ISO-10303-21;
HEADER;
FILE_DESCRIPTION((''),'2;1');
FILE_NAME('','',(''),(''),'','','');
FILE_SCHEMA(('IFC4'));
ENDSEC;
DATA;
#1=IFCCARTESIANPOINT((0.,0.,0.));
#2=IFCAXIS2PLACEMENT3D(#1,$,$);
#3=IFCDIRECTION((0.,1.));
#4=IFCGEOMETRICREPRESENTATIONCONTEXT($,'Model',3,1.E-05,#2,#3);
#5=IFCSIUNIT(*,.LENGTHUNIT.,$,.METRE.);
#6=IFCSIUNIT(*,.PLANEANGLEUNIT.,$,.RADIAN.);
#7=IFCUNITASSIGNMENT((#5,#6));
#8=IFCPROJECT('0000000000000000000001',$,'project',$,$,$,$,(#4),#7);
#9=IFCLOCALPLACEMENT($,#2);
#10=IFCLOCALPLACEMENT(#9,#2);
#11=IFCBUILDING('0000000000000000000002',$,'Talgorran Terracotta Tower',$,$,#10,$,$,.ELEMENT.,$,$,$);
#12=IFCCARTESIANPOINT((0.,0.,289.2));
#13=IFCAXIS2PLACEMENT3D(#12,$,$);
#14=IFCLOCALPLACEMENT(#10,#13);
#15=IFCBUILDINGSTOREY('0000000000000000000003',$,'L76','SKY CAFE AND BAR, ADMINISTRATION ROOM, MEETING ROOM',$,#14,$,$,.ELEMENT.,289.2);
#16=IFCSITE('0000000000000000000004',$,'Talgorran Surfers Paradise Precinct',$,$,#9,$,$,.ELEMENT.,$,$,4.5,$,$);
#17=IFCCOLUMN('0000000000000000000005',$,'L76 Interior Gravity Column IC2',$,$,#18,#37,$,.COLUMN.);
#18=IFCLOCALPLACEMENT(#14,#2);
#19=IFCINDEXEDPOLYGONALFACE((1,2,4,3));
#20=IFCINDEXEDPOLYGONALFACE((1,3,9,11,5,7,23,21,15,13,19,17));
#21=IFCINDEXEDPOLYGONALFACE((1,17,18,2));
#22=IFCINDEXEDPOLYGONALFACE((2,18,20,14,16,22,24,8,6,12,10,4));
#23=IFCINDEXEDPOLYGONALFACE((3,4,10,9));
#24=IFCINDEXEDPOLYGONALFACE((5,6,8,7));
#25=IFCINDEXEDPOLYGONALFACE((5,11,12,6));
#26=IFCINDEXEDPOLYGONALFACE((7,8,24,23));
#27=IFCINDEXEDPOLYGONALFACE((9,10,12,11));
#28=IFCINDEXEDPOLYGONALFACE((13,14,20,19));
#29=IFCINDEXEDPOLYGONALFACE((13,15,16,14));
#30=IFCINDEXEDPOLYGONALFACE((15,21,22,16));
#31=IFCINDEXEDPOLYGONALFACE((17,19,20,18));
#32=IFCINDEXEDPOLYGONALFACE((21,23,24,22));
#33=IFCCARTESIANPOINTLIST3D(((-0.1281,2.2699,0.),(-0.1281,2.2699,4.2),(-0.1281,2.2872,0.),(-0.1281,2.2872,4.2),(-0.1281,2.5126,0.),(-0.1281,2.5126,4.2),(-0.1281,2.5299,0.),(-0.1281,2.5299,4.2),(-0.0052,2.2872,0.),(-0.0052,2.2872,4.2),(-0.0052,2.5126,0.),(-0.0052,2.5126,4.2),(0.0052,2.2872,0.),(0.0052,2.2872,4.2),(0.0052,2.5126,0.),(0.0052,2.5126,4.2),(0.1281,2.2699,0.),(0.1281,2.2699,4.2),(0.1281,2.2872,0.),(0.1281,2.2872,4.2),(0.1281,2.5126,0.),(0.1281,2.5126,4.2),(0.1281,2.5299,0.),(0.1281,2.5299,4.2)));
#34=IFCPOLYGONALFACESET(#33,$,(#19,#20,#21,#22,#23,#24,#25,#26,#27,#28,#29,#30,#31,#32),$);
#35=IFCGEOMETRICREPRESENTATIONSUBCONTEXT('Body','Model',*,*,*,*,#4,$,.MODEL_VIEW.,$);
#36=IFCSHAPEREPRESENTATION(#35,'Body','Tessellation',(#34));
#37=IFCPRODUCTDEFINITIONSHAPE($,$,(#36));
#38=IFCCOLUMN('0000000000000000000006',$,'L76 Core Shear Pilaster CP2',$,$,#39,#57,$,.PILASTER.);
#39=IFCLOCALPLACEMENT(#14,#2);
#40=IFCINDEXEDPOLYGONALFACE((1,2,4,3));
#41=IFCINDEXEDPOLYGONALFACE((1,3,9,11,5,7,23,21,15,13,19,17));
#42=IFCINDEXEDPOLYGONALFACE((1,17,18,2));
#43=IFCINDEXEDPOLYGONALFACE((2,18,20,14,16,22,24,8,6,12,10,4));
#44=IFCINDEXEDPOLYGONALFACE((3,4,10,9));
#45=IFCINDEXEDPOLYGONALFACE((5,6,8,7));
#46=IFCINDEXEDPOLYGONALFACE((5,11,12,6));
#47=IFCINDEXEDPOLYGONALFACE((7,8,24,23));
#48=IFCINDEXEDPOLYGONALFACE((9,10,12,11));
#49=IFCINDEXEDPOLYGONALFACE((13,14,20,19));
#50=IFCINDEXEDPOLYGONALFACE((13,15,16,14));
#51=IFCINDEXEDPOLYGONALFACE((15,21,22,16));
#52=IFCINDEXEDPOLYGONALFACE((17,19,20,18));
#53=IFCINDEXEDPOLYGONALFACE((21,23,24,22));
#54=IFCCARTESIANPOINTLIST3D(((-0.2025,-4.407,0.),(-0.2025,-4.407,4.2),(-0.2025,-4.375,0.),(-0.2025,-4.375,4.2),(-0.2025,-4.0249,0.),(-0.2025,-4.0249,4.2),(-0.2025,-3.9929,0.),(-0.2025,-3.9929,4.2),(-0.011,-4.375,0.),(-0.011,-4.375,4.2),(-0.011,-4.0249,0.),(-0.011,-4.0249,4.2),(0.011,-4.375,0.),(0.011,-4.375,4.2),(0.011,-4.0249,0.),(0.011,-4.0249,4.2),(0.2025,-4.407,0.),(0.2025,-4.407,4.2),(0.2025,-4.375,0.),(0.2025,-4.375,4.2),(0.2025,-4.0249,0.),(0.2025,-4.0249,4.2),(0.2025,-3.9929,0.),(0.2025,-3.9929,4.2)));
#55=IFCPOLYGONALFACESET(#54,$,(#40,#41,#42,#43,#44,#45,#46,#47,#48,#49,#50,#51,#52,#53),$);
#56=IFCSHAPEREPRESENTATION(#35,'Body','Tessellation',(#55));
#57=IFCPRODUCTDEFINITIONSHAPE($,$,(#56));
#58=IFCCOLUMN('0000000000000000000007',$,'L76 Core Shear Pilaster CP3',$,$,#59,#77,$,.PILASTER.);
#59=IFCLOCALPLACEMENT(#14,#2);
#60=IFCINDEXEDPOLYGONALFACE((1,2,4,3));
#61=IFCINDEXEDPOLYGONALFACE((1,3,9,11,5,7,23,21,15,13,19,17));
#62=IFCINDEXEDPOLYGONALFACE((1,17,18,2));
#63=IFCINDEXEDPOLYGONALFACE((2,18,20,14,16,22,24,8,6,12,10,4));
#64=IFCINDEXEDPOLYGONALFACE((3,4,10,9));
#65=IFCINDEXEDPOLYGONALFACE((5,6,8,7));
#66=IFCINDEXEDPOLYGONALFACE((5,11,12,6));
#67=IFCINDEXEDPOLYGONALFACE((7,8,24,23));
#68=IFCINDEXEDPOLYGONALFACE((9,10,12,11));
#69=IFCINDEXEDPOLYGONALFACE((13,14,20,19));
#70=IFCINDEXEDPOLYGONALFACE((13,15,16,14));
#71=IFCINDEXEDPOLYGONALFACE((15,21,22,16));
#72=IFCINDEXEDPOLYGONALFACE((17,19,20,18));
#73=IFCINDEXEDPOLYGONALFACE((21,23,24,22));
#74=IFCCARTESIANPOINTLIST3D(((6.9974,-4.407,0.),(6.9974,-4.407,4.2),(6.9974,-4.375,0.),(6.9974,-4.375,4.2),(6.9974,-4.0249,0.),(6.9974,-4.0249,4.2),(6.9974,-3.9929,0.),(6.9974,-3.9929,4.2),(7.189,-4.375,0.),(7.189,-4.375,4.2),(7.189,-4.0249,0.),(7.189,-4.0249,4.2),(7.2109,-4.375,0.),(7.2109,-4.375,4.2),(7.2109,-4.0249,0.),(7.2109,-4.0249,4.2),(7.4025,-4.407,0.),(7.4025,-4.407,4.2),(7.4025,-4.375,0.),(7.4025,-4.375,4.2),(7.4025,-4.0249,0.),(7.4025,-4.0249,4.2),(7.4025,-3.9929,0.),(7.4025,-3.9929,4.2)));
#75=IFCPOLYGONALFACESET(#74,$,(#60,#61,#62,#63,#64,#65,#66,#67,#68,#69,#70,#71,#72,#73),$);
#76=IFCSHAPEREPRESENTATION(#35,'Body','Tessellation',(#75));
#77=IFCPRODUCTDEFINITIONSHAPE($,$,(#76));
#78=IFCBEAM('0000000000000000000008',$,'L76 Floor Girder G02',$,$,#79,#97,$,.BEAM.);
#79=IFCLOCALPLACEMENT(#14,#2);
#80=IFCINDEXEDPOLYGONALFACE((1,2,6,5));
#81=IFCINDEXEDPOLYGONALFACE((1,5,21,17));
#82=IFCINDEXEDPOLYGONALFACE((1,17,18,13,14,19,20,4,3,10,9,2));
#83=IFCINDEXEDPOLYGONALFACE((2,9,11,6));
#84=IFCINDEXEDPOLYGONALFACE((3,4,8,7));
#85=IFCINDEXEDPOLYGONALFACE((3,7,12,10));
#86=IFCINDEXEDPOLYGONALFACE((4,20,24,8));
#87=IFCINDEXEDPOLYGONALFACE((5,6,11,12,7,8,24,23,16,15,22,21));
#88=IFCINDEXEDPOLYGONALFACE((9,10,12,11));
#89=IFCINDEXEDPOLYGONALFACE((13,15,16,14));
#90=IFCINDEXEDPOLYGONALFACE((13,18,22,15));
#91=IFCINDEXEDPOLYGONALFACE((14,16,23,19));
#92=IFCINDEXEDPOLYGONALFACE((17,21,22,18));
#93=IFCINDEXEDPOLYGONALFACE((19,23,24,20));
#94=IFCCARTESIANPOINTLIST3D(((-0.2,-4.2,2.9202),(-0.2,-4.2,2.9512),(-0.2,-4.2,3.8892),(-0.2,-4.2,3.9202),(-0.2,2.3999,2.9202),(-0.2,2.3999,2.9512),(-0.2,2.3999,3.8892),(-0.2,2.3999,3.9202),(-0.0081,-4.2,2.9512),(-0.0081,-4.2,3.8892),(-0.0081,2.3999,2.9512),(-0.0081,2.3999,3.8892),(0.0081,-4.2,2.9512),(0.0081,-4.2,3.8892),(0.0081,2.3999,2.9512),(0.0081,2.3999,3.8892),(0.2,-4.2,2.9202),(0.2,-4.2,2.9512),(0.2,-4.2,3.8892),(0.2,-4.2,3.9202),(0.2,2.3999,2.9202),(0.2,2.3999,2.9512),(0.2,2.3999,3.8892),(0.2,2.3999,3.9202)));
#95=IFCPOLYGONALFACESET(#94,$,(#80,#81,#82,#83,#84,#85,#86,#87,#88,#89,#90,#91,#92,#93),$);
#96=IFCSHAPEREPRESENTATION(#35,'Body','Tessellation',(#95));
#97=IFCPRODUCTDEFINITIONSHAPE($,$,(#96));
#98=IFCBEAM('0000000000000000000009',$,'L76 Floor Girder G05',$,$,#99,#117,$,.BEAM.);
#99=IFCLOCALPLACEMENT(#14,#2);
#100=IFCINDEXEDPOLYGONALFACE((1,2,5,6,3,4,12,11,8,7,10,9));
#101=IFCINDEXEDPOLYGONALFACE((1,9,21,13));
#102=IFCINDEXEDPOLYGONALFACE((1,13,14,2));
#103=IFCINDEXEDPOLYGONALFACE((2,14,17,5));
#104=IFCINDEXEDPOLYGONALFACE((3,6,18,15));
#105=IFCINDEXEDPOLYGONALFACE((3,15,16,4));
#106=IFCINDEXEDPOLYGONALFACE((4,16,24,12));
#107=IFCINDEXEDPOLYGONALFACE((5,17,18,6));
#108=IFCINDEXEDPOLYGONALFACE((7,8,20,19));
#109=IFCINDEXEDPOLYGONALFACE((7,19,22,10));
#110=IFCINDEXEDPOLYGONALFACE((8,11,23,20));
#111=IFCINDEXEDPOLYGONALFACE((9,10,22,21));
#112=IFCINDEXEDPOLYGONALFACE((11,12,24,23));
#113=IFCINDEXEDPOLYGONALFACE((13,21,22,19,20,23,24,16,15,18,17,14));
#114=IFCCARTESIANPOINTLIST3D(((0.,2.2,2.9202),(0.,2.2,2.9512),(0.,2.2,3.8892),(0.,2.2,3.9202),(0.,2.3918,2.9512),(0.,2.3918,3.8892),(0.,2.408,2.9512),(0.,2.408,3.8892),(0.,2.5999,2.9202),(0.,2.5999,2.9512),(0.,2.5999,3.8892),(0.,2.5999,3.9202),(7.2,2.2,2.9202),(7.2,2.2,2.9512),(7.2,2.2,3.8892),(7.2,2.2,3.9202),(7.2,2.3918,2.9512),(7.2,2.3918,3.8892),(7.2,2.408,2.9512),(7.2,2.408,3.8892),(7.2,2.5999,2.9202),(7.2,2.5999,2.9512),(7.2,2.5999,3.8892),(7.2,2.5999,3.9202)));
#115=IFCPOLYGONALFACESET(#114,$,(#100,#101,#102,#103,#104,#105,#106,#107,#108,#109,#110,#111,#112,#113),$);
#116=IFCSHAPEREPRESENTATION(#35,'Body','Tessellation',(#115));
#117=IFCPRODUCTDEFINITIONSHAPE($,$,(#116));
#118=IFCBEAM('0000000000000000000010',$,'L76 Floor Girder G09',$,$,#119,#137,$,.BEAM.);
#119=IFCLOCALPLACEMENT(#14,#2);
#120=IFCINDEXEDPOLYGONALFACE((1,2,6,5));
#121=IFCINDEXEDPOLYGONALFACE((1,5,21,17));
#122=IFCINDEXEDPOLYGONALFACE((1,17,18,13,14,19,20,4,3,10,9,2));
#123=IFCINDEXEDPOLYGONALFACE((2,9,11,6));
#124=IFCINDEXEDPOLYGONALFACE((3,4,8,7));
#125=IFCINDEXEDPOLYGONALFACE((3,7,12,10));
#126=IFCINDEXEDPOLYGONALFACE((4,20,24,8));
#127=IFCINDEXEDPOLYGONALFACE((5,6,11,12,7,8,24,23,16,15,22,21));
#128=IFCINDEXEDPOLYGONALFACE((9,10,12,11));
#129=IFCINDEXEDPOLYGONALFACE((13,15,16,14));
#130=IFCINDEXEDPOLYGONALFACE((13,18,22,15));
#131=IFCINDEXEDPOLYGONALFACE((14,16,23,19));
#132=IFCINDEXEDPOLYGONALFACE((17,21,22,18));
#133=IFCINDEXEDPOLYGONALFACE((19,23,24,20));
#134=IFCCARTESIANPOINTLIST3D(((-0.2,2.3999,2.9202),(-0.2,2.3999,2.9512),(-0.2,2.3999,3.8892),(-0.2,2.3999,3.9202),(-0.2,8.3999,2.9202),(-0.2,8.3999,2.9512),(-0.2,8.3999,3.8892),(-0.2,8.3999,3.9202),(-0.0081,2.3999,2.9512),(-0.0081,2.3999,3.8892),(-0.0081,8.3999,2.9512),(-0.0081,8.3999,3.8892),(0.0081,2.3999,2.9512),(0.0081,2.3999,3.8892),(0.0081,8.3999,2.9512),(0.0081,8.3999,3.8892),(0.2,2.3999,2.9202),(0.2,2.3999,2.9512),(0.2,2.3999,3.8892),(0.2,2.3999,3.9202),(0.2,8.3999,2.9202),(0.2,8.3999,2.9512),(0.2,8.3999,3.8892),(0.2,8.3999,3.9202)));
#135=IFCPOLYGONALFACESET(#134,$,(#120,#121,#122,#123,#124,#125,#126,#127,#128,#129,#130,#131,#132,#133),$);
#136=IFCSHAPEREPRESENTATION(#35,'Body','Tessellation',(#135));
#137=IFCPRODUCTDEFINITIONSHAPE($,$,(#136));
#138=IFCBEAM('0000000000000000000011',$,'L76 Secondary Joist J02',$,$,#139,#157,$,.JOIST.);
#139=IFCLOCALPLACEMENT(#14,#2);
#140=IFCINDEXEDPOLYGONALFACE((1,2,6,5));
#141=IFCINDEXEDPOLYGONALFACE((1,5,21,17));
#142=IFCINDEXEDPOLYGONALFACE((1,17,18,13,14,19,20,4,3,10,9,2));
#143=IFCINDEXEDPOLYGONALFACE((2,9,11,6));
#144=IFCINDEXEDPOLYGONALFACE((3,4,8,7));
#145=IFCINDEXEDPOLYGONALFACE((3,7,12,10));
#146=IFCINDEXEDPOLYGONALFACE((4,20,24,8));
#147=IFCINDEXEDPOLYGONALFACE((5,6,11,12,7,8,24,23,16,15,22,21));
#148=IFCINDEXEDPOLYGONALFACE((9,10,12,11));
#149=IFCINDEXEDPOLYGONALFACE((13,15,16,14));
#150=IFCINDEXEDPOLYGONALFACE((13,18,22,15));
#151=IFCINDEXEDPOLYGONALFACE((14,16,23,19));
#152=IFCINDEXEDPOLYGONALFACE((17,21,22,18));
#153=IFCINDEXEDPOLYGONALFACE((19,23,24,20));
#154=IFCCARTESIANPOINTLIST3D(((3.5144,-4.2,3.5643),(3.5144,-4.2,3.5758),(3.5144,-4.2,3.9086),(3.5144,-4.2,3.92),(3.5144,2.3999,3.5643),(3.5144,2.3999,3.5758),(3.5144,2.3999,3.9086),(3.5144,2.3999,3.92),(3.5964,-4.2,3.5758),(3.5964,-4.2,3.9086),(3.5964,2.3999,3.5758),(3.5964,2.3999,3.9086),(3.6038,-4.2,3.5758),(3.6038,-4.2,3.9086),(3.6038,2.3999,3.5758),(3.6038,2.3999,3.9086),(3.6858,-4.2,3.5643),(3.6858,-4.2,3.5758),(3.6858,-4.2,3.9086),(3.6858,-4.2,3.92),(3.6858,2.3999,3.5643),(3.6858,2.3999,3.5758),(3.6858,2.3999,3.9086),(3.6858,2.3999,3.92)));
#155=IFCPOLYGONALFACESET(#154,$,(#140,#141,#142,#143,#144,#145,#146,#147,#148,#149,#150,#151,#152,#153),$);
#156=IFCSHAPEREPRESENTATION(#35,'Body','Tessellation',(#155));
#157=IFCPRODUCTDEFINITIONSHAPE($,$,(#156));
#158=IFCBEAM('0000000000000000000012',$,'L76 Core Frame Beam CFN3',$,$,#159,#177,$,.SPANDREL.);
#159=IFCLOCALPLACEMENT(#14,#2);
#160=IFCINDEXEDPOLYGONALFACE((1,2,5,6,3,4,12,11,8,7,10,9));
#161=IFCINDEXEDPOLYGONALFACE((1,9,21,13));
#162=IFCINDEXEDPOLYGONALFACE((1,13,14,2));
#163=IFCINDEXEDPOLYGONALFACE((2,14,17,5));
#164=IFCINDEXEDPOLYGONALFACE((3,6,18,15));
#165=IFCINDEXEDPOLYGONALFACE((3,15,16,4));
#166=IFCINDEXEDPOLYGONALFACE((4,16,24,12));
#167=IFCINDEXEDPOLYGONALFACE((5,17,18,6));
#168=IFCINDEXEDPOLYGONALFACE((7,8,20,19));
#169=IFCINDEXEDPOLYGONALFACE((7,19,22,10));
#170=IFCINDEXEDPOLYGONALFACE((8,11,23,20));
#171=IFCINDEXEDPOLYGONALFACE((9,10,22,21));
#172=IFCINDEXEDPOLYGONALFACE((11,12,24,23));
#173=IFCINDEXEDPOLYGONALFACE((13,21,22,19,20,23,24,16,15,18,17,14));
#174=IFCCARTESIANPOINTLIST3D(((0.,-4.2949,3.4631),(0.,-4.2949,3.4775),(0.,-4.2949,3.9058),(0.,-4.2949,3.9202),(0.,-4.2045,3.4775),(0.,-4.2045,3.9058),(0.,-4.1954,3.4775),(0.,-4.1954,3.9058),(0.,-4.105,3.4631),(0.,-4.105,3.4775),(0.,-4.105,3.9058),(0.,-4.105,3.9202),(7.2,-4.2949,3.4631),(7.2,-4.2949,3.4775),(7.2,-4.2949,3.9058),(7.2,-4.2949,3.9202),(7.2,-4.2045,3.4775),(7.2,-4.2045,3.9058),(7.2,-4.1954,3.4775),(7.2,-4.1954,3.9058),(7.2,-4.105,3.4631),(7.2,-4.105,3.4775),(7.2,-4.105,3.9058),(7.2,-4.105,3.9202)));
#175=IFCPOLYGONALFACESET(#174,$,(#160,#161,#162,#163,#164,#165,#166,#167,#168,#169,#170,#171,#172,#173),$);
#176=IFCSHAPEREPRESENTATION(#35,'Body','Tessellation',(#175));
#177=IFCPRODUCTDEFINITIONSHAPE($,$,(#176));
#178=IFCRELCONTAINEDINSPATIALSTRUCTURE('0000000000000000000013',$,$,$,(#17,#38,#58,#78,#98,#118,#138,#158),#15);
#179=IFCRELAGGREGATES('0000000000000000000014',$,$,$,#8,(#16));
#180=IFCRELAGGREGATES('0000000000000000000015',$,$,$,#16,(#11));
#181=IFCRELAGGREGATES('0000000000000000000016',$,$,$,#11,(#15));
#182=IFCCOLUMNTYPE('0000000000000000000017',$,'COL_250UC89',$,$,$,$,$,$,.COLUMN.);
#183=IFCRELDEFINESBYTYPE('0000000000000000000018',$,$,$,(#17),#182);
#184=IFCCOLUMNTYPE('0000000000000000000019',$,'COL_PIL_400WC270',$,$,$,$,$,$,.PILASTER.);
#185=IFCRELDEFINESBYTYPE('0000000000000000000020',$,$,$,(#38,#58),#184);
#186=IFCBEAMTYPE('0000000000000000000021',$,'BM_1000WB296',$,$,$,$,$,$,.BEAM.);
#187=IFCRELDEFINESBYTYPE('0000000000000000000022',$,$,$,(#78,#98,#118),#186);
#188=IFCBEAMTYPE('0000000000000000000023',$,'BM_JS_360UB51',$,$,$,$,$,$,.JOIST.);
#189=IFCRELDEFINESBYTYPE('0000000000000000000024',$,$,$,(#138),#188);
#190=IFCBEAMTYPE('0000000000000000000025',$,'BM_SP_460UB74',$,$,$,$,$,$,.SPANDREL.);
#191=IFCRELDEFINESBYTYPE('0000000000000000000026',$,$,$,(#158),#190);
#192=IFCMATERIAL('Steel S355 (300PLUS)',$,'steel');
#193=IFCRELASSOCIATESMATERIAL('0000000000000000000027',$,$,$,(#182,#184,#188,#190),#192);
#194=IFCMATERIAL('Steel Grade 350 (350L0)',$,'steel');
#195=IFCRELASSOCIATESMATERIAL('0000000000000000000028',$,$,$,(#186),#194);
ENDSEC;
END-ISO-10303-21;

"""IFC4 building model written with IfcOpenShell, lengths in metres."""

from ifc_helpers import new_model, si_unit, direction, frame, origin, origin_2d, place, context, subcontext, project, spatial, i_section, extrude, material, material_profile, profile_set, type_object, element, save


model = new_model("IFC4")

# Units and contexts
model_context = context("Model", 3, precision=1e-05, world=origin(), true_north=direction((0.0, 1.0)))
body_context = subcontext(model_context, "Body", "Model", "MODEL_VIEW")
ifc_project = project(units=[si_unit("LENGTHUNIT", "METRE"), si_unit("PLANEANGLEUNIT", "RADIAN")], contexts=[model_context])

# Site, building, storey
site_placement = place(None, origin())
site = spatial("IfcSite", under=ifc_project, at=site_placement, Name="Talgorran Surfers Paradise Precinct", CompositionType="ELEMENT", RefElevation=4.5)
building_placement = place(site_placement, origin())
building = spatial("IfcBuilding", under=site, at=building_placement, Name="Talgorran Terracotta Tower", CompositionType="ELEMENT")
storey_placement = place(building_placement, frame((0.0, 0.0, 289.2)))
storey = spatial("IfcBuildingStorey", under=building, at=storey_placement, Name="L76", Description="SKY CAFE AND BAR, ADMINISTRATION ROOM, MEETING ROOM", CompositionType="ELEMENT", Elevation=289.2)

# Columns
ifc_material_1 = material(Name="Steel S355 (300PLUS)", Category="steel")
ifc_material_profile_1 = material_profile(ifc_material_1, i_section(OverallWidth=0.2561, OverallDepth=0.26, WebThickness=0.0105, FlangeThickness=0.0173, at=origin_2d()), Name="250UC89.5")
ifc_profile_set_1 = profile_set([ifc_material_profile_1], Name="Steel S355 (300PLUS)")
column_type_1 = type_object("IfcColumnType", Name="COL_250UC89", PredefinedType="COLUMN", material=ifc_profile_set_1)
column_placement = place(storey_placement, frame((0.0, 2.3999, 0.0), z_axis=(0.0, 0.0, 1.0), x_axis=(1.0, 0.0, 0.0)))
element("IfcColumn", 1, at=column_placement, inside=storey, type_object=column_type_1, Name="L76 Interior Gravity Column IC2", PredefinedType="COLUMN", context=body_context, shape_type="SweptSolid", body=[
    extrude(i_section(OverallWidth=0.2561, OverallDepth=0.26, WebThickness=0.0105, FlangeThickness=0.0173, at=origin_2d()), origin(), (0.0, 0.0, 1.0), 4.2),
])
ifc_material_profile_2 = material_profile(ifc_material_1, i_section(OverallWidth=0.405, OverallDepth=0.4141, WebThickness=0.022, FlangeThickness=0.032, at=origin_2d()), Name="400WC270")
ifc_profile_set_2 = profile_set([ifc_material_profile_2], Name="Steel S355 (300PLUS)")
column_type_2 = type_object("IfcColumnType", Name="COL_PIL_400WC270", PredefinedType="PILASTER", material=ifc_profile_set_2)
for number, where, z_axis, x_axis, name in (
    (2, (0.0, -4.2, 0.0), (0.0, 0.0, 1.0), (1.0, 0.0, 0.0), "L76 Core Shear Pilaster CP2"),
    (3, (7.2, -4.2, 0.0), (0.0, 0.0, 1.0), (1.0, 0.0, 0.0), "L76 Core Shear Pilaster CP3"),
):
    element("IfcColumn", number, at=place(storey_placement, frame(where, z_axis=z_axis, x_axis=x_axis)), inside=storey, type_object=column_type_2, Name=name, PredefinedType="PILASTER", context=body_context, shape_type="SweptSolid", body=[
        extrude(i_section(OverallWidth=0.405, OverallDepth=0.4141, WebThickness=0.022, FlangeThickness=0.032, at=origin_2d()), origin(), (0.0, 0.0, 1.0), 4.2),
    ])

# Beams
ifc_material_2 = material(Name="Steel Grade 350 (350L0)", Category="steel")
ifc_material_profile_3 = material_profile(ifc_material_2, i_section(OverallWidth=0.3999, OverallDepth=1.0, WebThickness=0.0161, FlangeThickness=0.031, at=origin_2d()), Name="1000WB296")
ifc_profile_set_3 = profile_set([ifc_material_profile_3], Name="Steel Grade 350 (350L0)")
beam_type_1 = type_object("IfcBeamType", Name="BM_1000WB296", PredefinedType="BEAM", material=ifc_profile_set_3)
beam_1_placement = place(storey_placement, frame((0.0, -4.2, 3.4202), z_axis=(0.0, 1.0, 0.0), x_axis=(-1.0, 0.0, 0.0)))
element("IfcBeam", 4, at=beam_1_placement, inside=storey, type_object=beam_type_1, Name="L76 Floor Girder G02", PredefinedType="BEAM", context=body_context, shape_type="SweptSolid", body=[
    extrude(i_section(OverallWidth=0.3999, OverallDepth=1.0, WebThickness=0.0161, FlangeThickness=0.031, at=origin_2d()), origin(), (0.0, 0.0, 1.0), 6.5999),
])
beam_2_placement = place(storey_placement, frame((0.0, 2.3999, 3.4202), z_axis=(1.0, 0.0, 0.0), x_axis=(0.0, 1.0, 0.0)))
element("IfcBeam", 5, at=beam_2_placement, inside=storey, type_object=beam_type_1, Name="L76 Floor Girder G05", PredefinedType="BEAM", context=body_context, shape_type="SweptSolid", body=[
    extrude(i_section(OverallWidth=0.3999, OverallDepth=1.0, WebThickness=0.0161, FlangeThickness=0.031, at=origin_2d()), origin(), (0.0, 0.0, 1.0), 7.2),
])
beam_3_placement = place(storey_placement, frame((0.0, 2.3999, 3.4202), z_axis=(0.0, 1.0, 0.0), x_axis=(-1.0, 0.0, 0.0)))
element("IfcBeam", 6, at=beam_3_placement, inside=storey, type_object=beam_type_1, Name="L76 Floor Girder G09", PredefinedType="BEAM", context=body_context, shape_type="SweptSolid", body=[
    extrude(i_section(OverallWidth=0.3999, OverallDepth=1.0, WebThickness=0.0161, FlangeThickness=0.031, at=origin_2d()), origin(), (0.0, 0.0, 1.0), 6.0),
])
ifc_material_profile_4 = material_profile(ifc_material_1, i_section(OverallWidth=0.1714, OverallDepth=0.3557, WebThickness=0.0073, FlangeThickness=0.0115, at=origin_2d()), Name="360UB50.7")
ifc_profile_set_4 = profile_set([ifc_material_profile_4], Name="Steel S355 (300PLUS)")
beam_type_2 = type_object("IfcBeamType", Name="BM_JS_360UB51", PredefinedType="JOIST", material=ifc_profile_set_4)
beam_4_placement = place(storey_placement, frame((3.6001, -4.2, 3.7422), z_axis=(0.0, 1.0, 0.0), x_axis=(-1.0, 0.0, 0.0)))
element("IfcBeam", 7, at=beam_4_placement, inside=storey, type_object=beam_type_2, Name="L76 Secondary Joist J02", PredefinedType="JOIST", context=body_context, shape_type="SweptSolid", body=[
    extrude(i_section(OverallWidth=0.1714, OverallDepth=0.3557, WebThickness=0.0073, FlangeThickness=0.0115, at=origin_2d()), origin(), (0.0, 0.0, 1.0), 6.5999),
])
ifc_material_profile_5 = material_profile(ifc_material_1, i_section(OverallWidth=0.1899, OverallDepth=0.457, WebThickness=0.009, FlangeThickness=0.0144, at=origin_2d()), Name="460UB74.6")
ifc_profile_set_5 = profile_set([ifc_material_profile_5], Name="Steel S355 (300PLUS)")
beam_type_3 = type_object("IfcBeamType", Name="BM_SP_460UB74", PredefinedType="SPANDREL", material=ifc_profile_set_5)
beam_5_placement = place(storey_placement, frame((0.0, -4.2, 3.6917), z_axis=(1.0, 0.0, 0.0), x_axis=(0.0, 1.0, 0.0)))
element("IfcBeam", 8, at=beam_5_placement, inside=storey, type_object=beam_type_3, Name="L76 Core Frame Beam CFN3", PredefinedType="SPANDREL", context=body_context, shape_type="SweptSolid", body=[
    extrude(i_section(OverallWidth=0.1899, OverallDepth=0.457, WebThickness=0.009, FlangeThickness=0.0144, at=origin_2d()), origin(), (0.0, 0.0, 1.0), 7.2),
])

save(model, "model.ifc")
